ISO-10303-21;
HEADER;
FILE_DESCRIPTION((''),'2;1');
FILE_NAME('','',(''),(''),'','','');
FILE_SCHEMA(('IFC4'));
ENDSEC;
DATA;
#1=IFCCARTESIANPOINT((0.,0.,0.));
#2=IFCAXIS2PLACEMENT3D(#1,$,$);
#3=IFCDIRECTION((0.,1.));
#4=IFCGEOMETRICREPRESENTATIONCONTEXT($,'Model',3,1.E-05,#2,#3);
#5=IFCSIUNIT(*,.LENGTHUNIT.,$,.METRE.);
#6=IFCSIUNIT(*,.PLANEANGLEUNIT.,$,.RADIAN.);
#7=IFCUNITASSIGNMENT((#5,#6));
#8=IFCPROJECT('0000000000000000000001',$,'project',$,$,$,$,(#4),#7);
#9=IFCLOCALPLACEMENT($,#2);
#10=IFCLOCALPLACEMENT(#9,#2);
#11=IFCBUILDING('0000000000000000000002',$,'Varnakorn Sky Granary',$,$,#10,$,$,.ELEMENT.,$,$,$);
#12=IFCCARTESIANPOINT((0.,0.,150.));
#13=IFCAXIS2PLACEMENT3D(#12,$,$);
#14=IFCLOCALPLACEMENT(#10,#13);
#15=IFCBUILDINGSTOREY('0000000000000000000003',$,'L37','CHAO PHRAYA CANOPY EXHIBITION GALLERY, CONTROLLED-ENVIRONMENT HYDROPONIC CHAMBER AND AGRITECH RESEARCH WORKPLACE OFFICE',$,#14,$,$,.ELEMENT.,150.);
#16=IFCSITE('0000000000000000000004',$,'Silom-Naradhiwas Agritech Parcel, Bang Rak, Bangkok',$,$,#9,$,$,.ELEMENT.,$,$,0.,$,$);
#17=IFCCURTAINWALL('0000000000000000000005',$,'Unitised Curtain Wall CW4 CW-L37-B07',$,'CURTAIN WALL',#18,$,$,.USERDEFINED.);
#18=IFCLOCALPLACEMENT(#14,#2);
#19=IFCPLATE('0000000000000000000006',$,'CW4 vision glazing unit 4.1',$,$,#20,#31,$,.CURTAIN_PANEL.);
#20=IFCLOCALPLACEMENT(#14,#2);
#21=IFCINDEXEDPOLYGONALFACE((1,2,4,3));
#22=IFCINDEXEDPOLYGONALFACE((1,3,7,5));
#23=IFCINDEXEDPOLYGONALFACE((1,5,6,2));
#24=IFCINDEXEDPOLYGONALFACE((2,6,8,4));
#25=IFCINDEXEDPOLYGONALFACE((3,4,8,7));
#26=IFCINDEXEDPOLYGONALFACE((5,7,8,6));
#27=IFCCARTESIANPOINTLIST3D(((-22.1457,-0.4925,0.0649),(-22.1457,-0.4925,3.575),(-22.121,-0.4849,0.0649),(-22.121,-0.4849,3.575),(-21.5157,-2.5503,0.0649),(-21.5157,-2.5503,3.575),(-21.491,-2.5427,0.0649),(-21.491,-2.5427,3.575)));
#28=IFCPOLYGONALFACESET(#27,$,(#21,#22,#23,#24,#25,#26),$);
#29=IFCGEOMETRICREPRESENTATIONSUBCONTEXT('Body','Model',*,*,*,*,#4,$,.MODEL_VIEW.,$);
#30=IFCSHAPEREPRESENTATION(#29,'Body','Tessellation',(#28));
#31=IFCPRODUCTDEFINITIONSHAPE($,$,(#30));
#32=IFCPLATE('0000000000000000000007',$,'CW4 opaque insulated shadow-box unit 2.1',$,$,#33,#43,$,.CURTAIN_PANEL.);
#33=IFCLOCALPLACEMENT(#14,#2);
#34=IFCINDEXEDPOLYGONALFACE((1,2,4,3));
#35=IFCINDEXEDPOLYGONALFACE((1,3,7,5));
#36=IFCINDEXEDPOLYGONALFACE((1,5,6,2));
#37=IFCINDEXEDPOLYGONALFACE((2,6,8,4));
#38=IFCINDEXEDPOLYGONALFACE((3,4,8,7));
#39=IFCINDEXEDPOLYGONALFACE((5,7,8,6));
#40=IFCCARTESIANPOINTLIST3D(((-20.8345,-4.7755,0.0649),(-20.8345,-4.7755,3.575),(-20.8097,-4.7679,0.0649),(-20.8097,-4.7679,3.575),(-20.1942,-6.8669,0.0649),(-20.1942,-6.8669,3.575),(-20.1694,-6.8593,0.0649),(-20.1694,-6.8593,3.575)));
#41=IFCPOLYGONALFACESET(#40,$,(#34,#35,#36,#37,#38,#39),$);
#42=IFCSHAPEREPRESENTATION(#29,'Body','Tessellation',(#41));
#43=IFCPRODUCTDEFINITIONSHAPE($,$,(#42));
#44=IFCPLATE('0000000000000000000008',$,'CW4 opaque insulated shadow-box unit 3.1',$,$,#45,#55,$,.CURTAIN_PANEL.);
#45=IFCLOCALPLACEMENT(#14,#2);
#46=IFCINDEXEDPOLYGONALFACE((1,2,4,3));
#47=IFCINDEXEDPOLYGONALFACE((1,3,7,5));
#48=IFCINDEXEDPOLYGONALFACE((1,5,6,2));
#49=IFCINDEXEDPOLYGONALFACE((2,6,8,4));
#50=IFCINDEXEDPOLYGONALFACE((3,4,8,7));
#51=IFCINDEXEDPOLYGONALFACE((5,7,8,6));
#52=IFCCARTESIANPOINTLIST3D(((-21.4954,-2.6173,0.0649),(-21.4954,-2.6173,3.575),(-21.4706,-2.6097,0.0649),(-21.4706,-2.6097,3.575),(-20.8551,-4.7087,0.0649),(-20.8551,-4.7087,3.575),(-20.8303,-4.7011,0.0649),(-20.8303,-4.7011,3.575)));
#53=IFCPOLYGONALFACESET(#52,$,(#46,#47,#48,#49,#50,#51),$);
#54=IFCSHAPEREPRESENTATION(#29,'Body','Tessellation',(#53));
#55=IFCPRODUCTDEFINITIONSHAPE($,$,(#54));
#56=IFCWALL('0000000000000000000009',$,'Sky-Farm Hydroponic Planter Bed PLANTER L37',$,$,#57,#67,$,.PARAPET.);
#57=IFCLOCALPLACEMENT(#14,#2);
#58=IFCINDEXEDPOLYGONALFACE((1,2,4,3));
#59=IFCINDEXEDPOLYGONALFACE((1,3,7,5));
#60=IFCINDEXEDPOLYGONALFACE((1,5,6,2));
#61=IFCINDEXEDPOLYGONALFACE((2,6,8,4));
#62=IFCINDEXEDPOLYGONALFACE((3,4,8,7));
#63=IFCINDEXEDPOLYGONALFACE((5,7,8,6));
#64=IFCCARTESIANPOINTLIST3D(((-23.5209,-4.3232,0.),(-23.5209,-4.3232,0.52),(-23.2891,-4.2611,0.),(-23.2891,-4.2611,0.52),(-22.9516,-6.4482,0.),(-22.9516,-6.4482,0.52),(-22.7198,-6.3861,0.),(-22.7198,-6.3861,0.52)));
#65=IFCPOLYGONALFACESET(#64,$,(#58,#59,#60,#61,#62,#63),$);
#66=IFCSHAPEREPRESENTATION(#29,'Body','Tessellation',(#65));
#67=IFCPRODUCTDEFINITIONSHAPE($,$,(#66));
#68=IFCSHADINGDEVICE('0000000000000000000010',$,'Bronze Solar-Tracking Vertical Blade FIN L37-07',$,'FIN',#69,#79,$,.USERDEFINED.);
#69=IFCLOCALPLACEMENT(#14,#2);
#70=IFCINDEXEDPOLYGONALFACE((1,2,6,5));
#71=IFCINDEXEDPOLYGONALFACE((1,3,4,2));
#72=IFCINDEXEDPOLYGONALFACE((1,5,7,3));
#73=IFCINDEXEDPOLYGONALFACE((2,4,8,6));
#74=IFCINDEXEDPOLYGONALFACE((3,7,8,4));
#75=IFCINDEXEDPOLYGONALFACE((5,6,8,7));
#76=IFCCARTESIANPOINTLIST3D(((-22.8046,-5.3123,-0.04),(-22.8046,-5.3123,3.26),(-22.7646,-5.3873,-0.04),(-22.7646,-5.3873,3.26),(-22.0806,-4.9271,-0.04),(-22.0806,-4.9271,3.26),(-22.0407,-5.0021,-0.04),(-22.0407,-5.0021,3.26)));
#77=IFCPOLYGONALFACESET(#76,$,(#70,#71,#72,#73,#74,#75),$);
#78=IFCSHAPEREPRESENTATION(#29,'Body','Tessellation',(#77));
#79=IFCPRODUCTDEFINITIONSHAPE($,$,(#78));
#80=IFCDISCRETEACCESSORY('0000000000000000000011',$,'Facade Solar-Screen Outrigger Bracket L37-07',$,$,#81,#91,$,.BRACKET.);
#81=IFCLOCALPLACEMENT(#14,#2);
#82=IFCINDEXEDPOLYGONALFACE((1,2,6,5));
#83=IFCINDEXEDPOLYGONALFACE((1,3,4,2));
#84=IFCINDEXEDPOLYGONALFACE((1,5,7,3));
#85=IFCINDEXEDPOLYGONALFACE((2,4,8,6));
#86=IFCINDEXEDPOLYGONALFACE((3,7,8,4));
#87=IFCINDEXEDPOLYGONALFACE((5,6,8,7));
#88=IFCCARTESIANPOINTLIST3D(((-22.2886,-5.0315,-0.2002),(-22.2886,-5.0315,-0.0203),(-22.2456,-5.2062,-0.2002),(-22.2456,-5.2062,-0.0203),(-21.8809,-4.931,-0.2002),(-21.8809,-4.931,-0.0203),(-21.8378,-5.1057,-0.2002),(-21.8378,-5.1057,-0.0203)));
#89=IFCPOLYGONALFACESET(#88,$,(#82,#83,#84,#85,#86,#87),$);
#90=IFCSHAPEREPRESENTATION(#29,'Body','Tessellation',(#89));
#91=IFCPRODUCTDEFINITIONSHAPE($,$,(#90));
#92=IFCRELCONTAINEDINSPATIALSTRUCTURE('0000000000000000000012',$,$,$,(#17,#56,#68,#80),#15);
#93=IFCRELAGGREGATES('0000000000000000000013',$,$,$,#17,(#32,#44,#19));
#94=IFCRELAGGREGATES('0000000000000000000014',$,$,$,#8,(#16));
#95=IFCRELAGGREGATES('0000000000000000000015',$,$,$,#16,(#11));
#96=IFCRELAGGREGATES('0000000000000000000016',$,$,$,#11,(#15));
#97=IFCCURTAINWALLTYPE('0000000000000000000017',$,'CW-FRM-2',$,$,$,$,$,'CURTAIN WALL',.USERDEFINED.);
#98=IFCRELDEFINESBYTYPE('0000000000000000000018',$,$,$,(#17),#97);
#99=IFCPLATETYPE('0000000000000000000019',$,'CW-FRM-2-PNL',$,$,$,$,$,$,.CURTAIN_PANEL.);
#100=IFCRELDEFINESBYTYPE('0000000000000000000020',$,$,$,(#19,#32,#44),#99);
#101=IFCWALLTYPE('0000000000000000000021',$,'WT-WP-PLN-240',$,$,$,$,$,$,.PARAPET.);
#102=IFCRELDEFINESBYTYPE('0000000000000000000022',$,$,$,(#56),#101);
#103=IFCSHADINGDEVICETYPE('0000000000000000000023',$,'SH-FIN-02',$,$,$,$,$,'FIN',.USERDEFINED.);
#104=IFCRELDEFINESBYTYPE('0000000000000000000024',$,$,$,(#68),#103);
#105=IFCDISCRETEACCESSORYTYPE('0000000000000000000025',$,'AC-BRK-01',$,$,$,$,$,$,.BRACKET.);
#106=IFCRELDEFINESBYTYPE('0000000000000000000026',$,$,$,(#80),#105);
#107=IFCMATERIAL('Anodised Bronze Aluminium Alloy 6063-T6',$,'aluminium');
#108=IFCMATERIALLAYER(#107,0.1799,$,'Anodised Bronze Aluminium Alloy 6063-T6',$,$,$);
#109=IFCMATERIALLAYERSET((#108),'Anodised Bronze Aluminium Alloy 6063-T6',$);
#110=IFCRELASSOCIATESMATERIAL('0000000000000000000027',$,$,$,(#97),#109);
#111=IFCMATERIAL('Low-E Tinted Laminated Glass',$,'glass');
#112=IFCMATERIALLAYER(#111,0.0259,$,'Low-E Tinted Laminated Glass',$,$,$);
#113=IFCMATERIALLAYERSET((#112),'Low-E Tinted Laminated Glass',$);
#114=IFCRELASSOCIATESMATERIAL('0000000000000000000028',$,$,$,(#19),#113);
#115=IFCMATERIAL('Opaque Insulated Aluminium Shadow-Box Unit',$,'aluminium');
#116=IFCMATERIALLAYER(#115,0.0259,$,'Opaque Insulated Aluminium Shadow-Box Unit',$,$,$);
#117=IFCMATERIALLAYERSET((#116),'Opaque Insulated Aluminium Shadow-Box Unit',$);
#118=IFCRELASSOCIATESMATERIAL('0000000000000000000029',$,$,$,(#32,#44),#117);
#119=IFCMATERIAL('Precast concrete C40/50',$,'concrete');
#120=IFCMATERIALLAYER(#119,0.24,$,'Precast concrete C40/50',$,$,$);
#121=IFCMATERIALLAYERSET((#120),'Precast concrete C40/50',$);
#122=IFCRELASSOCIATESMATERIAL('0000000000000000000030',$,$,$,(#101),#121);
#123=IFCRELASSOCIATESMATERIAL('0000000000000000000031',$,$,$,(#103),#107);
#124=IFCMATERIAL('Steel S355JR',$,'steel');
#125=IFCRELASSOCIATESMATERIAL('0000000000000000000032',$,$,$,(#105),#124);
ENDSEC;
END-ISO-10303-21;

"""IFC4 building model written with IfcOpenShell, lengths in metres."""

from ifc_helpers import new_model, si_unit, direction, frame, frame_2d, origin, origin_2d, place, context, subcontext, project, spatial, rectangle, extrude, source, transform, mapped, material, layer, layer_set, type_object, type_shapes, element, aggregate, save


model = new_model("IFC4")

# Units and contexts
model_context = context("Model", 3, precision=1e-05, world=origin(), true_north=direction((0.0, 1.0)))
body_context = subcontext(model_context, "Body", "Model", "MODEL_VIEW")
ifc_project = project(units=[si_unit("LENGTHUNIT", "METRE"), si_unit("PLANEANGLEUNIT", "RADIAN")], contexts=[model_context])

# Site, building, storey
site_placement = place(None, origin())
site = spatial("IfcSite", under=ifc_project, at=site_placement, Name="Silom-Naradhiwas Agritech Parcel, Bang Rak, Bangkok", CompositionType="ELEMENT", RefElevation=0.0)
building_placement = place(site_placement, origin())
building = spatial("IfcBuilding", under=site, at=building_placement, Name="Varnakorn Sky Granary", CompositionType="ELEMENT")
storey_placement = place(building_placement, frame((0.0, 0.0, 150.0)))
storey = spatial("IfcBuildingStorey", under=building, at=storey_placement, Name="L37", Description="CHAO PHRAYA CANOPY EXHIBITION GALLERY, CONTROLLED-ENVIRONMENT HYDROPONIC CHAMBER AND AGRITECH RESEARCH WORKPLACE OFFICE", CompositionType="ELEMENT", Elevation=150.0)

# Shared definitions
ifc_material_1 = material(Name="Steel S355JR", Category="steel")

# Curtain wall
ifc_material_2 = material(Name="Anodised Bronze Aluminium Alloy 6063-T6", Category="aluminium")
ifc_layer_1 = layer(ifc_material_2, 0.1799, Name="Anodised Bronze Aluminium Alloy 6063-T6")
ifc_layer_set_1 = layer_set([ifc_layer_1], Name="Anodised Bronze Aluminium Alloy 6063-T6")
curtain_wall_type = type_object("IfcCurtainWallType", Name="CW-FRM-2", ElementType="CURTAIN WALL", PredefinedType="USERDEFINED", material=ifc_layer_set_1)
curtain_wall_1_placement = place(storey_placement, origin())
curtain_wall_1 = element("IfcCurtainWall", 1, at=curtain_wall_1_placement, inside=storey, type_object=curtain_wall_type, Name="Unitised Curtain Wall CW4 CW-L37-B07", ObjectType="CURTAIN WALL", PredefinedType="USERDEFINED")

# Plates
ifc_material_3 = material(Name="Low-E Tinted Laminated Glass", Category="glass")
ifc_layer_2 = layer(ifc_material_3, 0.0259, Name="Low-E Tinted Laminated Glass")
ifc_layer_set_2 = layer_set([ifc_layer_2], Name="Low-E Tinted Laminated Glass")
plate_type = type_object("IfcPlateType", Name="CW-FRM-2-PNL", PredefinedType="CURTAIN_PANEL")
ifc_material_4 = material(Name="Opaque Insulated Aluminium Shadow-Box Unit", Category="aluminium")
ifc_layer_3 = layer(ifc_material_4, 0.0259, Name="Opaque Insulated Aluminium Shadow-Box Unit")
ifc_layer_set_3 = layer_set([ifc_layer_3], Name="Opaque Insulated Aluminium Shadow-Box Unit")
shared_shape_1 = source(origin(), body_context, "Body", "SweptSolid", [
    extrude(rectangle(XDim=2.1521, YDim=0.0259, at=origin_2d()), origin(), (0.0, 0.0, 1.0), 3.51),
])
plate_1_placement = place(storey_placement, frame((-21.8184, -1.5176, 0.0649), z_axis=(0.0, 0.0, 1.0), x_axis=(-0.292746, 0.95619, 0.0)))
plate_1 = element("IfcPlate", 2, at=plate_1_placement, type_object=plate_type, material=ifc_layer_set_2, Name="CW4 vision glazing unit 4.1", PredefinedType="CURTAIN_PANEL", context=body_context, shape_type="MappedRepresentation", body=[
    mapped(shared_shape_1, transform((0.0, 0.0, 0.0), x_axis=(1.0, 0.0, 0.0), y_axis=(0.0, 1.0, 0.0), z_axis=(0.0, 0.0, 1.0), scale=1.0)),
])
shared_shape_2 = source(origin(), body_context, "Body", "SweptSolid", [
    extrude(rectangle(XDim=2.1873, YDim=0.0259, at=origin_2d()), origin(), (0.0, 0.0, 1.0), 3.51),
])
plate_2_placement = place(storey_placement, frame((-20.502, -5.8174, 0.0649), z_axis=(0.0, 0.0, 1.0), x_axis=(-0.292746, 0.95619, 0.0)))
plate_2 = element("IfcPlate", 3, at=plate_2_placement, type_object=plate_type, material=ifc_layer_set_3, Name="CW4 opaque insulated shadow-box unit 2.1", PredefinedType="CURTAIN_PANEL", context=body_context, shape_type="MappedRepresentation", body=[
    mapped(shared_shape_2, transform((0.0, 0.0, 0.0), x_axis=(1.0, 0.0, 0.0), y_axis=(0.0, 1.0, 0.0), z_axis=(0.0, 0.0, 1.0), scale=1.0)),
])
plate_3_placement = place(storey_placement, frame((-21.1628, -3.6592, 0.0649), z_axis=(0.0, 0.0, 1.0), x_axis=(-0.292746, 0.95619, 0.0)))
plate_3 = element("IfcPlate", 4, at=plate_3_placement, type_object=plate_type, material=ifc_layer_set_3, Name="CW4 opaque insulated shadow-box unit 3.1", PredefinedType="CURTAIN_PANEL", context=body_context, shape_type="MappedRepresentation", body=[
    mapped(shared_shape_2, transform((0.0, 0.0, 0.0), x_axis=(1.0, 0.0, 0.0), y_axis=(0.0, 1.0, 0.0), z_axis=(0.0, 0.0, 1.0), scale=1.0)),
])
aggregate(curtain_wall_1, [plate_2, plate_3, plate_1])

# Wall
ifc_material_5 = material(Name="Precast concrete C40/50", Category="concrete")
ifc_layer_4 = layer(ifc_material_5, 0.24, Name="Precast concrete C40/50")
ifc_layer_set_4 = layer_set([ifc_layer_4], Name="Precast concrete C40/50")
wall_type = type_object("IfcWallType", Name="WT-WP-PLN-240", PredefinedType="PARAPET", material=ifc_layer_set_4)
wall_placement = place(storey_placement, frame((-23.405, -4.292, 0.0), z_axis=(0.0, 0.0, 1.0), x_axis=(0.258795, -0.965932, 0.0)))
element("IfcWall", 5, at=wall_placement, inside=storey, type_object=wall_type, Name="Sky-Farm Hydroponic Planter Bed PLANTER L37", PredefinedType="PARAPET", context=body_context, shape_type="SweptSolid", body=[
    extrude(rectangle(XDim=2.2, YDim=0.24, at=frame_2d((1.1001, 0.0))), origin(), (0.0, 0.0, 1.0), 0.52),
])

# Shading device
shading_device_type = type_object("IfcShadingDeviceType", Name="SH-FIN-02", ElementType="FIN", PredefinedType="USERDEFINED", material=ifc_material_2)
shared_shape_3 = source(origin(), body_context, "Body", "SweptSolid", [
    extrude(rectangle(XDim=0.085, YDim=0.8201, at=origin_2d()), origin(), (0.0, 0.0, 1.0), 3.3),
])
type_shapes(shading_device_type, [shared_shape_3])
shading_device_placement = place(storey_placement, frame((-22.4226, -5.1572, -0.04), z_axis=(0.0, 0.0, 1.0), x_axis=(0.469689, -0.882832, 0.0)))
element("IfcShadingDevice", 6, at=shading_device_placement, inside=storey, type_object=shading_device_type, Name="Bronze Solar-Tracking Vertical Blade FIN L37-07", ObjectType="FIN", PredefinedType="USERDEFINED", context=body_context, shape_type="MappedRepresentation", body=[
    mapped(shared_shape_3, transform((0.0, 0.0, 0.0), x_axis=(1.0, 0.0, 0.0), y_axis=(0.0, 1.0, 0.0), z_axis=(0.0, 0.0, 1.0), scale=1.0)),
])

# Discrete accessory
discrete_accessory_type = type_object("IfcDiscreteAccessoryType", Name="AC-BRK-01", PredefinedType="BRACKET", material=ifc_material_1)
shared_shape_4 = source(origin(), body_context, "Body", "SweptSolid", [
    extrude(rectangle(XDim=0.1799, YDim=0.4199, at=origin_2d()), origin(), (0.0, 0.0, 1.0), 0.1799),
])
type_shapes(discrete_accessory_type, [shared_shape_4])
discrete_accessory_placement = place(storey_placement, frame((-22.0632, -5.0686, -0.2002), z_axis=(0.0, 0.0, 1.0), x_axis=(0.239331, -0.970938, 0.0)))
element("IfcDiscreteAccessory", 7, at=discrete_accessory_placement, inside=storey, type_object=discrete_accessory_type, Name="Facade Solar-Screen Outrigger Bracket L37-07", PredefinedType="BRACKET", context=body_context, shape_type="MappedRepresentation", body=[
    mapped(shared_shape_4, transform((0.0, 0.0, 0.0), x_axis=(1.0, 0.0, 0.0), y_axis=(0.0, 1.0, 0.0), z_axis=(0.0, 0.0, 1.0), scale=1.0)),
])

save(model, "model.ifc")
